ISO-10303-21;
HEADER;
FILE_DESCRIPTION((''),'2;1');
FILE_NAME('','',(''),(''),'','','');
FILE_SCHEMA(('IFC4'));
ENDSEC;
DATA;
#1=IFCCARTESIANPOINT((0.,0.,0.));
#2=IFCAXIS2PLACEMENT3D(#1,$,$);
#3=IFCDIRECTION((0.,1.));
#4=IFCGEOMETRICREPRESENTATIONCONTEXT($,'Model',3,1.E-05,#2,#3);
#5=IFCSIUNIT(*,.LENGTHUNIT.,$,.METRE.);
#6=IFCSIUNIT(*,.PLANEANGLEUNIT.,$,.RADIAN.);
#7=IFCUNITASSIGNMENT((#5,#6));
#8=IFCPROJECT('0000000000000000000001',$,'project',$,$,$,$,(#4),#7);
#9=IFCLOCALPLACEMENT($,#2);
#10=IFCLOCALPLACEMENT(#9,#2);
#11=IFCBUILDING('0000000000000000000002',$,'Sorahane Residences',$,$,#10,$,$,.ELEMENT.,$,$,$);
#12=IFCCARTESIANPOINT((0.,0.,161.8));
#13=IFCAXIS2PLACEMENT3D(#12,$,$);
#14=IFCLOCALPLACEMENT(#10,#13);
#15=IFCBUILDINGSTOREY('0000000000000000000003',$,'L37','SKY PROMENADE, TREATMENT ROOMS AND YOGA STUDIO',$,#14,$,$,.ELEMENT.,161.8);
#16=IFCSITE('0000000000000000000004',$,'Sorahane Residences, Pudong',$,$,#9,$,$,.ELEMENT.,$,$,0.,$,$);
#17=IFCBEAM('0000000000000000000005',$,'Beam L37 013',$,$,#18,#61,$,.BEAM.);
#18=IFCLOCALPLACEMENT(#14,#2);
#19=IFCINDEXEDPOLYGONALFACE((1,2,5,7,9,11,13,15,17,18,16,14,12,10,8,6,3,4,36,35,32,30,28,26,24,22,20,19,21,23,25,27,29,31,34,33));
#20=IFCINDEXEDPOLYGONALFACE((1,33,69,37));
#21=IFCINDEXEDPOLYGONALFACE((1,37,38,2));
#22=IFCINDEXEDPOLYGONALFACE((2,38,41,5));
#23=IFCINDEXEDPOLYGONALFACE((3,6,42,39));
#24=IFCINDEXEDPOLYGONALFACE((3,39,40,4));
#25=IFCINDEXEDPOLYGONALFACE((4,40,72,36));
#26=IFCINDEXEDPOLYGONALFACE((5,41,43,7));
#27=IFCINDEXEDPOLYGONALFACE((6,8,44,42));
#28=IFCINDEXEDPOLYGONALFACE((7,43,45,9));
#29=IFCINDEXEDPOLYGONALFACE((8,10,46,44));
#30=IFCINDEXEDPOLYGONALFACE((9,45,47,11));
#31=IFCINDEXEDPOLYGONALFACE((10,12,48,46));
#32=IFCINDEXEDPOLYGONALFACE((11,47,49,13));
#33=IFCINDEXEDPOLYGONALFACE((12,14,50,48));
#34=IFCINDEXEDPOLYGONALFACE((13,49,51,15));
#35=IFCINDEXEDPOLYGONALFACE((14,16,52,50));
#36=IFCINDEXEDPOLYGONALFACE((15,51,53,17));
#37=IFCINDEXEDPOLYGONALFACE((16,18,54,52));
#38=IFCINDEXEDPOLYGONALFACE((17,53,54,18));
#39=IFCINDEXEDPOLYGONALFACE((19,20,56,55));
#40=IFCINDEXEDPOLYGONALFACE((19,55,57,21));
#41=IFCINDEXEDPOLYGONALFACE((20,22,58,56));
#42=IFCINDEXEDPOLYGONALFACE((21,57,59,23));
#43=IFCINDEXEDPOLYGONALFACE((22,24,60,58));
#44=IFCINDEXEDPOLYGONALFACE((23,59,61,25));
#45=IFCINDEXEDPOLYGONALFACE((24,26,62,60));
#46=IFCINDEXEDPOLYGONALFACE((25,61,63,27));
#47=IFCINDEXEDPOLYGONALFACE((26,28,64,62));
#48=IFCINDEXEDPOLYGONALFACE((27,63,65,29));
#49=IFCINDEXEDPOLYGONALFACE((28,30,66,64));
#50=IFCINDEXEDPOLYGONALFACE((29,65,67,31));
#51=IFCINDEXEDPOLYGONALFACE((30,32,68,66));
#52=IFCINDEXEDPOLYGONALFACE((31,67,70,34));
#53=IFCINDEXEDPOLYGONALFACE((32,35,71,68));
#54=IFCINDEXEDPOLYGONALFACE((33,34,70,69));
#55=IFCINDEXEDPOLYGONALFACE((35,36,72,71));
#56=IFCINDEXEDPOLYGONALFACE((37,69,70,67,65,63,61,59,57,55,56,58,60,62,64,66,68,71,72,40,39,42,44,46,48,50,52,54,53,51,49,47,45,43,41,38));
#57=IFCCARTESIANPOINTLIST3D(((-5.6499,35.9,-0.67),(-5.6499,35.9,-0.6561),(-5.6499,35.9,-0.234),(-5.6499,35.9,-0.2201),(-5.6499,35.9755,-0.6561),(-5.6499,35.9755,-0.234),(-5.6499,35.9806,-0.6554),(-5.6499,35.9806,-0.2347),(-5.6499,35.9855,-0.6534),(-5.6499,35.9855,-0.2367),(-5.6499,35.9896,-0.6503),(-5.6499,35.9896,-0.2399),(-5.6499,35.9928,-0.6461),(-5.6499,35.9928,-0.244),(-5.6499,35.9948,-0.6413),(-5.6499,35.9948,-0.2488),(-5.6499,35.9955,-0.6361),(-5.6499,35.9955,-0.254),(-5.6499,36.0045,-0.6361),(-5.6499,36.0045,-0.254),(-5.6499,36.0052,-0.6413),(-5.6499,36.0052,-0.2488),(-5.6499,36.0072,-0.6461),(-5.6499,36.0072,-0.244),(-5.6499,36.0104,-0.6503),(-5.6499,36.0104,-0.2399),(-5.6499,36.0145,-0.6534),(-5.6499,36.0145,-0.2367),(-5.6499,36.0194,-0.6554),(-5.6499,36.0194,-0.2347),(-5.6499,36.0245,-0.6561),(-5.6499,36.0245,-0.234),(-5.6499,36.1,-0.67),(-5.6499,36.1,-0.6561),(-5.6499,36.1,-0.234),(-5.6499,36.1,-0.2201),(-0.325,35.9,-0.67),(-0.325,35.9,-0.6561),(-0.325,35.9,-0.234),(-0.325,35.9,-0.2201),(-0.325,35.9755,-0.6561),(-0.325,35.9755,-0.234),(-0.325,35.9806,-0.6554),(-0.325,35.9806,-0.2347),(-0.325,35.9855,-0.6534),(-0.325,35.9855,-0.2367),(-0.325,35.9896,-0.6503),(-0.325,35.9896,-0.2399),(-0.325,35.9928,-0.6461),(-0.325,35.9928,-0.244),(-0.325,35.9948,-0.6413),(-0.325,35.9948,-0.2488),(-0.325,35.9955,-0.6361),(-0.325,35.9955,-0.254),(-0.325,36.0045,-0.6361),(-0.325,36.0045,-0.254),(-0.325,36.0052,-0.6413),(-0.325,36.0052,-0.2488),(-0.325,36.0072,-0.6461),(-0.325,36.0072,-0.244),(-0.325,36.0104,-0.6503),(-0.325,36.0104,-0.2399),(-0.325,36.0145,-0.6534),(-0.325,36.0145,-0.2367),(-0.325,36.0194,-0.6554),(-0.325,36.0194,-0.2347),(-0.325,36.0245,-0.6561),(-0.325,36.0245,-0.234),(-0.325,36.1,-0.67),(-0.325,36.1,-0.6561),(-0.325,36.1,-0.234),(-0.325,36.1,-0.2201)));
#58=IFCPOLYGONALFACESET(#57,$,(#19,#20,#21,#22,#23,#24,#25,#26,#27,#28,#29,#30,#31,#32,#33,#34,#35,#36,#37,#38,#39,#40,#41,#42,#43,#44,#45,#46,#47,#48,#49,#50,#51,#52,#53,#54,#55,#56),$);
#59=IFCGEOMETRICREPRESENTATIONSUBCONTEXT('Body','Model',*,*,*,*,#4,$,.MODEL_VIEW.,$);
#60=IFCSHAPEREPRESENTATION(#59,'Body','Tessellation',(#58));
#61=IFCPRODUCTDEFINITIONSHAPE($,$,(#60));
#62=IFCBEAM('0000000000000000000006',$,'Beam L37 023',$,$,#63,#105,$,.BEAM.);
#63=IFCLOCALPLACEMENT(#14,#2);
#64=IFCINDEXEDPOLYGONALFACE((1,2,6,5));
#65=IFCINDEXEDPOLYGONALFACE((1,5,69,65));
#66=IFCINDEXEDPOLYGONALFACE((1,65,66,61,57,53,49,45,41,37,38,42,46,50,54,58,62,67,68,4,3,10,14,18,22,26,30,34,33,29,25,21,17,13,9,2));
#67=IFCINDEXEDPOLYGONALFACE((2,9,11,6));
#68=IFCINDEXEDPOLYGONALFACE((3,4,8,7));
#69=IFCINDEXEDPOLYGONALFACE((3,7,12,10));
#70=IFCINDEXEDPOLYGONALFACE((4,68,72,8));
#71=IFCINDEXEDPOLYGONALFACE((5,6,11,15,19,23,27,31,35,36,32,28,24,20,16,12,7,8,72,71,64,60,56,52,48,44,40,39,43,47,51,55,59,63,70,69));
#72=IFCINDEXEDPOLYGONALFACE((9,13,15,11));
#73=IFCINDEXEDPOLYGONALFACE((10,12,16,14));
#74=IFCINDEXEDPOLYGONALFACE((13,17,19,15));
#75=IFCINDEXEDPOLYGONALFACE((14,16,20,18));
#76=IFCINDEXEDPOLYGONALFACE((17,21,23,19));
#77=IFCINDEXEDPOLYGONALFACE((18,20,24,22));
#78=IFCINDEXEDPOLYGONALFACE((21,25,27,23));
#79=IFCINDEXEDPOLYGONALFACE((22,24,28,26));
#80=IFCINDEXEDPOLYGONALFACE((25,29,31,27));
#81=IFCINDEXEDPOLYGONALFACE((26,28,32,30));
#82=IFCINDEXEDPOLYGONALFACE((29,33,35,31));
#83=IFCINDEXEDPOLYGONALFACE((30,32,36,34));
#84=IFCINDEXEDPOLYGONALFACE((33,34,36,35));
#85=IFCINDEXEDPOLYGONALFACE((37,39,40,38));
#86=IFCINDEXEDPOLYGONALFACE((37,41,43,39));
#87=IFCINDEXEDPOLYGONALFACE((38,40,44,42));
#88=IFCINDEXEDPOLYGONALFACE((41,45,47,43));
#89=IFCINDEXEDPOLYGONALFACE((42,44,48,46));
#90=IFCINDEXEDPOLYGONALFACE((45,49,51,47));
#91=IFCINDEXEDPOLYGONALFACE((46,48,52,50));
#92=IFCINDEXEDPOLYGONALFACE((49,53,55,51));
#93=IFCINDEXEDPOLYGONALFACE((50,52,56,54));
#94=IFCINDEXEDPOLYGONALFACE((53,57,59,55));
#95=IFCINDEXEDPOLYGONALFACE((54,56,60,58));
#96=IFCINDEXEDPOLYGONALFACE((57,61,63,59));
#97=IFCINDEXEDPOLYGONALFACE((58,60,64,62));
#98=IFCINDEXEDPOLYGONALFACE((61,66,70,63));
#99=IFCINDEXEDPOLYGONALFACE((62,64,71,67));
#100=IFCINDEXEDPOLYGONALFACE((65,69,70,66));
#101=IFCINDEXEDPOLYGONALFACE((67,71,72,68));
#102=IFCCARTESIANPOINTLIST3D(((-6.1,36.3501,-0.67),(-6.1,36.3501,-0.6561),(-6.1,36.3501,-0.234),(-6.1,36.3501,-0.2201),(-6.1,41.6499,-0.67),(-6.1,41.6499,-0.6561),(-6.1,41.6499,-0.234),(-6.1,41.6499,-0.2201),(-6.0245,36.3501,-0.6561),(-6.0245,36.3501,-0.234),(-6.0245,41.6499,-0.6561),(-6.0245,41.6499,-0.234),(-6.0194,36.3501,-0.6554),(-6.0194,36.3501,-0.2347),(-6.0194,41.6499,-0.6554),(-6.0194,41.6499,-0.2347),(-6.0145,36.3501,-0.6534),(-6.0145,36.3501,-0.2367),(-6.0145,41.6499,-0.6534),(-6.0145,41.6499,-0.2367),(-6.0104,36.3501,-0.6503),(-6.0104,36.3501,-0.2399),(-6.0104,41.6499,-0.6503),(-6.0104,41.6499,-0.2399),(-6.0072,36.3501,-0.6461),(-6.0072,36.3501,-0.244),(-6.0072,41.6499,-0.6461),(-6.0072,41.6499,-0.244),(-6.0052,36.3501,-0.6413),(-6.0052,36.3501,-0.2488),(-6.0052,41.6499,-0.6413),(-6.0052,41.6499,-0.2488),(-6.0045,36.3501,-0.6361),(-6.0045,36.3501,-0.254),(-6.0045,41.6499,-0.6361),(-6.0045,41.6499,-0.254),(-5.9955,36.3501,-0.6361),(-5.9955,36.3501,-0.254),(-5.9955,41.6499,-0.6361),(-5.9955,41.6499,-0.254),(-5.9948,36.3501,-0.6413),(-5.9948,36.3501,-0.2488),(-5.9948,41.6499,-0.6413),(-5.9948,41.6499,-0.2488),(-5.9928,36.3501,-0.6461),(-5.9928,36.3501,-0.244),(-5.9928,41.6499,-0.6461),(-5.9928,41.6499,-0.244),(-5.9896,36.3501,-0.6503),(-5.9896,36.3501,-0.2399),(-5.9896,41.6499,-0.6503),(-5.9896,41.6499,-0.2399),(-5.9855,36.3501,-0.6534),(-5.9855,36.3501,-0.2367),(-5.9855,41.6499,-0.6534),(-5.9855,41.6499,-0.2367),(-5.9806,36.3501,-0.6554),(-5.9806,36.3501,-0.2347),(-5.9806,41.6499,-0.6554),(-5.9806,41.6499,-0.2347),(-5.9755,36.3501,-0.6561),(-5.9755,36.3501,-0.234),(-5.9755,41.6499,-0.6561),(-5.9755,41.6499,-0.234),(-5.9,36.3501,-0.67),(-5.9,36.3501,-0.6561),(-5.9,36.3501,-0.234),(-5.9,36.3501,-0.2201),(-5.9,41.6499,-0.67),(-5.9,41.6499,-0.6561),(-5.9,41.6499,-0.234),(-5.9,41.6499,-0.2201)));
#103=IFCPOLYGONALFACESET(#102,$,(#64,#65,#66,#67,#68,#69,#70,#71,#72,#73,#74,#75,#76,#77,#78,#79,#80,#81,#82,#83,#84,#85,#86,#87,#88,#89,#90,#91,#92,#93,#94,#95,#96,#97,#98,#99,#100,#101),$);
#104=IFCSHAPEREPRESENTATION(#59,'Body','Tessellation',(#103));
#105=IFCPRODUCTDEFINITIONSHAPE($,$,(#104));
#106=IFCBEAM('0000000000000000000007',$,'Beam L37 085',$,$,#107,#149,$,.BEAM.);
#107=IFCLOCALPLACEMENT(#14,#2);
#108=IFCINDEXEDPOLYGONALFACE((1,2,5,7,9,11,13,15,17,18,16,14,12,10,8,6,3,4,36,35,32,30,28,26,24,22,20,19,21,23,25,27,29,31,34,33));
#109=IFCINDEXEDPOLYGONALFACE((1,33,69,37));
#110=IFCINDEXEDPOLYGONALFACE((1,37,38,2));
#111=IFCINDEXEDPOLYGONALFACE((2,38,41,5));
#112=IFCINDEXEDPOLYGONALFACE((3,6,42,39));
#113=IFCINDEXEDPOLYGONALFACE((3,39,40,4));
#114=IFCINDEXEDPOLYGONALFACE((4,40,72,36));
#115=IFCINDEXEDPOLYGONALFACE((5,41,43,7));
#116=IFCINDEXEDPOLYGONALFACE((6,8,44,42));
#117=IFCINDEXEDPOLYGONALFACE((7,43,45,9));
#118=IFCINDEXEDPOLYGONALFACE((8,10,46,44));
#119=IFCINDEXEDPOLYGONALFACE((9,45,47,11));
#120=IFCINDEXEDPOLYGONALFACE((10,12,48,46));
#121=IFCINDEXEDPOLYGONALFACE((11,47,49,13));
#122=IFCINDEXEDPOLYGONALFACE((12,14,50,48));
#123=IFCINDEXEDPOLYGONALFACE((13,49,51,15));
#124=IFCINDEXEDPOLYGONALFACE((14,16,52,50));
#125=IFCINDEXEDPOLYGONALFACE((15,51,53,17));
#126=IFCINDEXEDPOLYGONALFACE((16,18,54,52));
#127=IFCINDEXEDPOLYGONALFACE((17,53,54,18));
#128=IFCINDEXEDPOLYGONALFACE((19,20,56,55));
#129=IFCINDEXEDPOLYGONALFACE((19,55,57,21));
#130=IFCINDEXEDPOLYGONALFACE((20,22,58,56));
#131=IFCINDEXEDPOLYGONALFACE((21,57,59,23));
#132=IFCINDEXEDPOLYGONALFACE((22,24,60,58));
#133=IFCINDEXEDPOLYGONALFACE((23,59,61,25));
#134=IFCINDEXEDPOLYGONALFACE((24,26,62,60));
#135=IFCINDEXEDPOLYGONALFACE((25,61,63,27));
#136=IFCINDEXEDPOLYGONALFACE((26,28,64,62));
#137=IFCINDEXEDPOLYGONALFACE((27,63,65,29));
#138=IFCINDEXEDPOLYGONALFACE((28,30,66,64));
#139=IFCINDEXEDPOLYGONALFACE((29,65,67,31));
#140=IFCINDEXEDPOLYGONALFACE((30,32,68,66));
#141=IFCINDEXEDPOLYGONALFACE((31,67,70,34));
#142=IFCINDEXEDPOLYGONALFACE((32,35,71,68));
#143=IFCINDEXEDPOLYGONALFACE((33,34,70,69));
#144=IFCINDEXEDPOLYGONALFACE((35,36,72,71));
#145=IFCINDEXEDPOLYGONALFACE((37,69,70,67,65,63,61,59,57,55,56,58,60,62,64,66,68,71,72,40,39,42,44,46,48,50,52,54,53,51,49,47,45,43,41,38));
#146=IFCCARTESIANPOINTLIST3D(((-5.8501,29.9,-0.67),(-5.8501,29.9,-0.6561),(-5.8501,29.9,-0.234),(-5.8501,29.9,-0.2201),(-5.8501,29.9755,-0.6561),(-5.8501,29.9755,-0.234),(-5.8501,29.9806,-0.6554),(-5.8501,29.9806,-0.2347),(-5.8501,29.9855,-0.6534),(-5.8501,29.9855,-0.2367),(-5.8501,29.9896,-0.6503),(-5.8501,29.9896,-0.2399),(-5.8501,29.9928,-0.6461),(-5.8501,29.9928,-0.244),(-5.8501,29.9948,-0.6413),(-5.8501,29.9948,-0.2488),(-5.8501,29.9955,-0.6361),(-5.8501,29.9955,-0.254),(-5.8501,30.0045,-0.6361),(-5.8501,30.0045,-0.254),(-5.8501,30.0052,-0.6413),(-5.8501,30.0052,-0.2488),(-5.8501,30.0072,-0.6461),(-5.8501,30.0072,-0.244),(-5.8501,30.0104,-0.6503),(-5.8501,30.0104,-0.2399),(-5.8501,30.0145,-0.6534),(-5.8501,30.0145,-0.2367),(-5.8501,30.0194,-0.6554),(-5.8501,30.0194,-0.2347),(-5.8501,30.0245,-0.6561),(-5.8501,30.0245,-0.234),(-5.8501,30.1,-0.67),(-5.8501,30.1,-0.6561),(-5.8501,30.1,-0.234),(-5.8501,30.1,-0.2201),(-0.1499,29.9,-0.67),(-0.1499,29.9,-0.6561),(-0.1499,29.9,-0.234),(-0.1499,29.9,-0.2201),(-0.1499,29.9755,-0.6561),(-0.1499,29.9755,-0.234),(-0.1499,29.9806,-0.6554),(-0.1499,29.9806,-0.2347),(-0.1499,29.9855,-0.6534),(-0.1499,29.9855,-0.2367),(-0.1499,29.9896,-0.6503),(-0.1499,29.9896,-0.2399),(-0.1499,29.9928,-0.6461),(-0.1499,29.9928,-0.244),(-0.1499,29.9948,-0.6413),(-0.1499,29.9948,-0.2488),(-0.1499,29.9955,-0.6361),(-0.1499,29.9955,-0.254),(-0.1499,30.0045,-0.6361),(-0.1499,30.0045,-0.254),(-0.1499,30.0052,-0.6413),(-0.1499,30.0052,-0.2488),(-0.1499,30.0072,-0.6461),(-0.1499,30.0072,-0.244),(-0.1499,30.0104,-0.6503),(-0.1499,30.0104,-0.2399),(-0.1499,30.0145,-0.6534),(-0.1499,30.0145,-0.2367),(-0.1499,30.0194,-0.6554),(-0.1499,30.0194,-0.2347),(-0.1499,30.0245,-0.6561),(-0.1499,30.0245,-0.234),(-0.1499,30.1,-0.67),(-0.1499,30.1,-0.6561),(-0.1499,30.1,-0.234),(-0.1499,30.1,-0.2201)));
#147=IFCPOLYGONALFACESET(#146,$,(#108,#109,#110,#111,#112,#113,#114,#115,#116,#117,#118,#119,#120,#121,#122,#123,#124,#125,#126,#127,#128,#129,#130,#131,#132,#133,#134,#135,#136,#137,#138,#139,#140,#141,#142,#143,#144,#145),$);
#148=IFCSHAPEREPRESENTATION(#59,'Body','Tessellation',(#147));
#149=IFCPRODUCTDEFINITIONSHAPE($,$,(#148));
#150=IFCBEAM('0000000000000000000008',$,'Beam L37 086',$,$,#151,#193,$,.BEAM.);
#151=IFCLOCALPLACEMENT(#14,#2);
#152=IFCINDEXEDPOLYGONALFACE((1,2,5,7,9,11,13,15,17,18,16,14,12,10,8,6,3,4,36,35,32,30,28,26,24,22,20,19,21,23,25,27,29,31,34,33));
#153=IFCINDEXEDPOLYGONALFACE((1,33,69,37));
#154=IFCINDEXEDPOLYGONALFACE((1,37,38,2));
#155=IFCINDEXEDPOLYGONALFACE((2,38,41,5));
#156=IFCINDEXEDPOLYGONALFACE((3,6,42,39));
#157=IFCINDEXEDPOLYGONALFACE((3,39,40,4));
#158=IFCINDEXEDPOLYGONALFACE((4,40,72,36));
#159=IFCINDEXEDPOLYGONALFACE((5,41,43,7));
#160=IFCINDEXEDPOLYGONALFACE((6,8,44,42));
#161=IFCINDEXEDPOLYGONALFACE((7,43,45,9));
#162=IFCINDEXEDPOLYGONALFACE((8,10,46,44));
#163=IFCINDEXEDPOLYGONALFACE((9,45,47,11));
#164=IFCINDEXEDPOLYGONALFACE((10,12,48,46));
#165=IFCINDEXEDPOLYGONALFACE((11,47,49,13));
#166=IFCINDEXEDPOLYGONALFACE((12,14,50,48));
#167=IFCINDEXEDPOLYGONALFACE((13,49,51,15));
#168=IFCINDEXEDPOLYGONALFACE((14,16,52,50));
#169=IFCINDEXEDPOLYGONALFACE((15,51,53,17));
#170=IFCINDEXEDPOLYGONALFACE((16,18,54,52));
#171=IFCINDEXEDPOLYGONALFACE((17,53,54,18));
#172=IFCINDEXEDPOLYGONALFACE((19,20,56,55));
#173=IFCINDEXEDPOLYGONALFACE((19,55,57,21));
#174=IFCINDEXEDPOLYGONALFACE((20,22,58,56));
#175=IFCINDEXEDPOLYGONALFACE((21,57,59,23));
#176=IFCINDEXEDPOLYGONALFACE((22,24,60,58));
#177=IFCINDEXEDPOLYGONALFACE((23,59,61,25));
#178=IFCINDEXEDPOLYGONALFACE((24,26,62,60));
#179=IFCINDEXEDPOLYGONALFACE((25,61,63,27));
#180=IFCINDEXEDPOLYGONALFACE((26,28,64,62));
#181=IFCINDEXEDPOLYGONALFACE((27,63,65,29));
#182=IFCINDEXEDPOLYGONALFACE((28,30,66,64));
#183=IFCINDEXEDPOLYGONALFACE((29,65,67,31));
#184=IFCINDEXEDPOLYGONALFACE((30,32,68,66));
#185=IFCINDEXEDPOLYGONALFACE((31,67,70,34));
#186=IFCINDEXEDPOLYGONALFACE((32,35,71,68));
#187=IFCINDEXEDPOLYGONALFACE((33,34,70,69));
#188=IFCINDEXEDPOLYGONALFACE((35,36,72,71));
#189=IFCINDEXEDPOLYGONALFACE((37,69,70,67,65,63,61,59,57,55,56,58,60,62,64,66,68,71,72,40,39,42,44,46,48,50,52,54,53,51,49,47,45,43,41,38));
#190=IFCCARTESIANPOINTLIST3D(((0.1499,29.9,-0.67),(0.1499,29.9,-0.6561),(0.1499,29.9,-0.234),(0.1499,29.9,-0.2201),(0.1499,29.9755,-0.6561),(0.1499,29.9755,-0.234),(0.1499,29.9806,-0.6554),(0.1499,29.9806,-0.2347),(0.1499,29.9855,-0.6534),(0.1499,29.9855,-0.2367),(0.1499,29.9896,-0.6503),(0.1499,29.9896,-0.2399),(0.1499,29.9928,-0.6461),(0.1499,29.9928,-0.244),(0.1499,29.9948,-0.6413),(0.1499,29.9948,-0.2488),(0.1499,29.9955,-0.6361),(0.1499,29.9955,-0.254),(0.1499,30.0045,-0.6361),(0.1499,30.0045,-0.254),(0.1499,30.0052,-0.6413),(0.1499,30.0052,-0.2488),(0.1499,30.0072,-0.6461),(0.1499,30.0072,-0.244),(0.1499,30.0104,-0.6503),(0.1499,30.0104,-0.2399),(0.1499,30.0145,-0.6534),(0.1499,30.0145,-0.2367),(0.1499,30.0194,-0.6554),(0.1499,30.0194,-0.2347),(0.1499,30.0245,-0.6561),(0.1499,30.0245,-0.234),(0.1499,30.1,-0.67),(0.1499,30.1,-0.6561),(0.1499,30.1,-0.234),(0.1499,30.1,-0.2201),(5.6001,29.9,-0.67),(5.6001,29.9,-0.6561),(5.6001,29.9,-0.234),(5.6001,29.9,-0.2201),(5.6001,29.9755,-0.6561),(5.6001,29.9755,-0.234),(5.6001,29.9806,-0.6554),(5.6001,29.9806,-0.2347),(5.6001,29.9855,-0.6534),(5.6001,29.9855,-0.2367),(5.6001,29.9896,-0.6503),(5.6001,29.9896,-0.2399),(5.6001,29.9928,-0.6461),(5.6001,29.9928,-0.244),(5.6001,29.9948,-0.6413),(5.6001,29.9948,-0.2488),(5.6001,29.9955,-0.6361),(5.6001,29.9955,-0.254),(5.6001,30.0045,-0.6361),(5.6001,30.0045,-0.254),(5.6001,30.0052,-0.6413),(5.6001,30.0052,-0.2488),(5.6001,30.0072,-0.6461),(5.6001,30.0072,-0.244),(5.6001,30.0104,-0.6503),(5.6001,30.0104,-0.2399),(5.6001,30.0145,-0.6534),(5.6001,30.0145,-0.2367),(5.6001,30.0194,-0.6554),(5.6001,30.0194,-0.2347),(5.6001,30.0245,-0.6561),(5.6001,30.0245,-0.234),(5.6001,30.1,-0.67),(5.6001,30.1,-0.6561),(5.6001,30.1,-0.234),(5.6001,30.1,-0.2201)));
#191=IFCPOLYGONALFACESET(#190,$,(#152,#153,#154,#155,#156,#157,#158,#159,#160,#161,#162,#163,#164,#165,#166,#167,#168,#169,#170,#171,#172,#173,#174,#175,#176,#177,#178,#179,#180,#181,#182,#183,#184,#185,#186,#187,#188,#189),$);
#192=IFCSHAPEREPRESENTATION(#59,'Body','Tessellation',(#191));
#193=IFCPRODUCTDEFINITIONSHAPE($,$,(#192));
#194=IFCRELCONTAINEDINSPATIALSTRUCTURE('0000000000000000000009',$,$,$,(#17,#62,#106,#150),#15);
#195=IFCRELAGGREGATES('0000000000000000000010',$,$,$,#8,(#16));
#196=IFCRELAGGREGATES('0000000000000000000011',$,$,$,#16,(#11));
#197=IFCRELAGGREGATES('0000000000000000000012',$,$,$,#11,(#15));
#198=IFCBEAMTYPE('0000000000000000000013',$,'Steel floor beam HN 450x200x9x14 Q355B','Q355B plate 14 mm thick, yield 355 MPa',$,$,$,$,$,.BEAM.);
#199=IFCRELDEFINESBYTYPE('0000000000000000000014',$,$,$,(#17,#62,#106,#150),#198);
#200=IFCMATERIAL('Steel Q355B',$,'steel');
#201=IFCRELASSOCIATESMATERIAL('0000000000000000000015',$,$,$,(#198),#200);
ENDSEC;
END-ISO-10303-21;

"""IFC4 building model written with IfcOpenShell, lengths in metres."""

from ifc_helpers import new_model, si_unit, direction, frame, origin, origin_2d, place, context, subcontext, project, spatial, i_section, extrude, material, material_profile, profile_set, type_object, element, save


model = new_model("IFC4")

# Units and contexts
model_context = context("Model", 3, precision=1e-05, world=origin(), true_north=direction((0.0, 1.0)))
body_context = subcontext(model_context, "Body", "Model", "MODEL_VIEW")
ifc_project = project(units=[si_unit("LENGTHUNIT", "METRE"), si_unit("PLANEANGLEUNIT", "RADIAN")], contexts=[model_context])

# Site, building, storey
site_placement = place(None, origin())
site = spatial("IfcSite", under=ifc_project, at=site_placement, Name="Sorahane Residences, Pudong", CompositionType="ELEMENT", RefElevation=0.0)
building_placement = place(site_placement, origin())
building = spatial("IfcBuilding", under=site, at=building_placement, Name="Sorahane Residences", CompositionType="ELEMENT")
storey_placement = place(building_placement, frame((0.0, 0.0, 161.8)))
storey = spatial("IfcBuildingStorey", under=building, at=storey_placement, Name="L37", Description="SKY PROMENADE, TREATMENT ROOMS AND YOGA STUDIO", CompositionType="ELEMENT", Elevation=161.8)

# Beams
ifc_material_1 = material(Name="Steel Q355B", Category="steel")
ifc_material_profile_1 = material_profile(ifc_material_1, i_section(OverallWidth=0.2, OverallDepth=0.45, WebThickness=0.009, FlangeThickness=0.0139, FilletRadius=0.02, at=origin_2d()), Name="HN 450x200x9x14")
ifc_profile_set_1 = profile_set([ifc_material_profile_1], Name="Steel Q355B")
beam_type_1 = type_object("IfcBeamType", Name="Steel floor beam HN 450x200x9x14 Q355B", Description="Q355B plate 14 mm thick, yield 355 MPa", PredefinedType="BEAM", material=ifc_profile_set_1)
beam_1_placement = place(storey_placement, frame((-5.6499, 36.0, -0.4451), z_axis=(1.0, 0.0, 0.0), x_axis=(0.0, 1.0, 0.0)))
element("IfcBeam", 1, at=beam_1_placement, inside=storey, type_object=beam_type_1, Name="Beam L37 013", PredefinedType="BEAM", context=body_context, shape_type="SweptSolid", body=[
    extrude(i_section(OverallWidth=0.2, OverallDepth=0.45, WebThickness=0.009, FlangeThickness=0.0139, FilletRadius=0.02, at=origin_2d()), origin(), (0.0, 0.0, 1.0), 5.325),
])
beam_2_placement = place(storey_placement, frame((-6.0, 36.3501, -0.4451), z_axis=(0.0, 1.0, 0.0), x_axis=(-1.0, 0.0, 0.0)))
element("IfcBeam", 2, at=beam_2_placement, inside=storey, type_object=beam_type_1, Name="Beam L37 023", PredefinedType="BEAM", context=body_context, shape_type="SweptSolid", body=[
    extrude(i_section(OverallWidth=0.2, OverallDepth=0.45, WebThickness=0.009, FlangeThickness=0.0139, FilletRadius=0.02, at=origin_2d()), origin(), (0.0, 0.0, 1.0), 5.2998),
])
beam_3_placement = place(storey_placement, frame((-5.8501, 30.0, -0.4451), z_axis=(1.0, 0.0, 0.0), x_axis=(0.0, 1.0, 0.0)))
element("IfcBeam", 3, at=beam_3_placement, inside=storey, type_object=beam_type_1, Name="Beam L37 085", PredefinedType="BEAM", context=body_context, shape_type="SweptSolid", body=[
    extrude(i_section(OverallWidth=0.2, OverallDepth=0.45, WebThickness=0.009, FlangeThickness=0.0139, FilletRadius=0.02, at=origin_2d()), origin(), (0.0, 0.0, 1.0), 5.7002),
])
beam_4_placement = place(storey_placement, frame((0.1499, 30.0, -0.4451), z_axis=(1.0, 0.0, 0.0), x_axis=(0.0, 1.0, 0.0)))
element("IfcBeam", 4, at=beam_4_placement, inside=storey, type_object=beam_type_1, Name="Beam L37 086", PredefinedType="BEAM", context=body_context, shape_type="SweptSolid", body=[
    extrude(i_section(OverallWidth=0.2, OverallDepth=0.45, WebThickness=0.009, FlangeThickness=0.0139, FilletRadius=0.02, at=origin_2d()), origin(), (0.0, 0.0, 1.0), 5.4502),
])

save(model, "model.ifc")
